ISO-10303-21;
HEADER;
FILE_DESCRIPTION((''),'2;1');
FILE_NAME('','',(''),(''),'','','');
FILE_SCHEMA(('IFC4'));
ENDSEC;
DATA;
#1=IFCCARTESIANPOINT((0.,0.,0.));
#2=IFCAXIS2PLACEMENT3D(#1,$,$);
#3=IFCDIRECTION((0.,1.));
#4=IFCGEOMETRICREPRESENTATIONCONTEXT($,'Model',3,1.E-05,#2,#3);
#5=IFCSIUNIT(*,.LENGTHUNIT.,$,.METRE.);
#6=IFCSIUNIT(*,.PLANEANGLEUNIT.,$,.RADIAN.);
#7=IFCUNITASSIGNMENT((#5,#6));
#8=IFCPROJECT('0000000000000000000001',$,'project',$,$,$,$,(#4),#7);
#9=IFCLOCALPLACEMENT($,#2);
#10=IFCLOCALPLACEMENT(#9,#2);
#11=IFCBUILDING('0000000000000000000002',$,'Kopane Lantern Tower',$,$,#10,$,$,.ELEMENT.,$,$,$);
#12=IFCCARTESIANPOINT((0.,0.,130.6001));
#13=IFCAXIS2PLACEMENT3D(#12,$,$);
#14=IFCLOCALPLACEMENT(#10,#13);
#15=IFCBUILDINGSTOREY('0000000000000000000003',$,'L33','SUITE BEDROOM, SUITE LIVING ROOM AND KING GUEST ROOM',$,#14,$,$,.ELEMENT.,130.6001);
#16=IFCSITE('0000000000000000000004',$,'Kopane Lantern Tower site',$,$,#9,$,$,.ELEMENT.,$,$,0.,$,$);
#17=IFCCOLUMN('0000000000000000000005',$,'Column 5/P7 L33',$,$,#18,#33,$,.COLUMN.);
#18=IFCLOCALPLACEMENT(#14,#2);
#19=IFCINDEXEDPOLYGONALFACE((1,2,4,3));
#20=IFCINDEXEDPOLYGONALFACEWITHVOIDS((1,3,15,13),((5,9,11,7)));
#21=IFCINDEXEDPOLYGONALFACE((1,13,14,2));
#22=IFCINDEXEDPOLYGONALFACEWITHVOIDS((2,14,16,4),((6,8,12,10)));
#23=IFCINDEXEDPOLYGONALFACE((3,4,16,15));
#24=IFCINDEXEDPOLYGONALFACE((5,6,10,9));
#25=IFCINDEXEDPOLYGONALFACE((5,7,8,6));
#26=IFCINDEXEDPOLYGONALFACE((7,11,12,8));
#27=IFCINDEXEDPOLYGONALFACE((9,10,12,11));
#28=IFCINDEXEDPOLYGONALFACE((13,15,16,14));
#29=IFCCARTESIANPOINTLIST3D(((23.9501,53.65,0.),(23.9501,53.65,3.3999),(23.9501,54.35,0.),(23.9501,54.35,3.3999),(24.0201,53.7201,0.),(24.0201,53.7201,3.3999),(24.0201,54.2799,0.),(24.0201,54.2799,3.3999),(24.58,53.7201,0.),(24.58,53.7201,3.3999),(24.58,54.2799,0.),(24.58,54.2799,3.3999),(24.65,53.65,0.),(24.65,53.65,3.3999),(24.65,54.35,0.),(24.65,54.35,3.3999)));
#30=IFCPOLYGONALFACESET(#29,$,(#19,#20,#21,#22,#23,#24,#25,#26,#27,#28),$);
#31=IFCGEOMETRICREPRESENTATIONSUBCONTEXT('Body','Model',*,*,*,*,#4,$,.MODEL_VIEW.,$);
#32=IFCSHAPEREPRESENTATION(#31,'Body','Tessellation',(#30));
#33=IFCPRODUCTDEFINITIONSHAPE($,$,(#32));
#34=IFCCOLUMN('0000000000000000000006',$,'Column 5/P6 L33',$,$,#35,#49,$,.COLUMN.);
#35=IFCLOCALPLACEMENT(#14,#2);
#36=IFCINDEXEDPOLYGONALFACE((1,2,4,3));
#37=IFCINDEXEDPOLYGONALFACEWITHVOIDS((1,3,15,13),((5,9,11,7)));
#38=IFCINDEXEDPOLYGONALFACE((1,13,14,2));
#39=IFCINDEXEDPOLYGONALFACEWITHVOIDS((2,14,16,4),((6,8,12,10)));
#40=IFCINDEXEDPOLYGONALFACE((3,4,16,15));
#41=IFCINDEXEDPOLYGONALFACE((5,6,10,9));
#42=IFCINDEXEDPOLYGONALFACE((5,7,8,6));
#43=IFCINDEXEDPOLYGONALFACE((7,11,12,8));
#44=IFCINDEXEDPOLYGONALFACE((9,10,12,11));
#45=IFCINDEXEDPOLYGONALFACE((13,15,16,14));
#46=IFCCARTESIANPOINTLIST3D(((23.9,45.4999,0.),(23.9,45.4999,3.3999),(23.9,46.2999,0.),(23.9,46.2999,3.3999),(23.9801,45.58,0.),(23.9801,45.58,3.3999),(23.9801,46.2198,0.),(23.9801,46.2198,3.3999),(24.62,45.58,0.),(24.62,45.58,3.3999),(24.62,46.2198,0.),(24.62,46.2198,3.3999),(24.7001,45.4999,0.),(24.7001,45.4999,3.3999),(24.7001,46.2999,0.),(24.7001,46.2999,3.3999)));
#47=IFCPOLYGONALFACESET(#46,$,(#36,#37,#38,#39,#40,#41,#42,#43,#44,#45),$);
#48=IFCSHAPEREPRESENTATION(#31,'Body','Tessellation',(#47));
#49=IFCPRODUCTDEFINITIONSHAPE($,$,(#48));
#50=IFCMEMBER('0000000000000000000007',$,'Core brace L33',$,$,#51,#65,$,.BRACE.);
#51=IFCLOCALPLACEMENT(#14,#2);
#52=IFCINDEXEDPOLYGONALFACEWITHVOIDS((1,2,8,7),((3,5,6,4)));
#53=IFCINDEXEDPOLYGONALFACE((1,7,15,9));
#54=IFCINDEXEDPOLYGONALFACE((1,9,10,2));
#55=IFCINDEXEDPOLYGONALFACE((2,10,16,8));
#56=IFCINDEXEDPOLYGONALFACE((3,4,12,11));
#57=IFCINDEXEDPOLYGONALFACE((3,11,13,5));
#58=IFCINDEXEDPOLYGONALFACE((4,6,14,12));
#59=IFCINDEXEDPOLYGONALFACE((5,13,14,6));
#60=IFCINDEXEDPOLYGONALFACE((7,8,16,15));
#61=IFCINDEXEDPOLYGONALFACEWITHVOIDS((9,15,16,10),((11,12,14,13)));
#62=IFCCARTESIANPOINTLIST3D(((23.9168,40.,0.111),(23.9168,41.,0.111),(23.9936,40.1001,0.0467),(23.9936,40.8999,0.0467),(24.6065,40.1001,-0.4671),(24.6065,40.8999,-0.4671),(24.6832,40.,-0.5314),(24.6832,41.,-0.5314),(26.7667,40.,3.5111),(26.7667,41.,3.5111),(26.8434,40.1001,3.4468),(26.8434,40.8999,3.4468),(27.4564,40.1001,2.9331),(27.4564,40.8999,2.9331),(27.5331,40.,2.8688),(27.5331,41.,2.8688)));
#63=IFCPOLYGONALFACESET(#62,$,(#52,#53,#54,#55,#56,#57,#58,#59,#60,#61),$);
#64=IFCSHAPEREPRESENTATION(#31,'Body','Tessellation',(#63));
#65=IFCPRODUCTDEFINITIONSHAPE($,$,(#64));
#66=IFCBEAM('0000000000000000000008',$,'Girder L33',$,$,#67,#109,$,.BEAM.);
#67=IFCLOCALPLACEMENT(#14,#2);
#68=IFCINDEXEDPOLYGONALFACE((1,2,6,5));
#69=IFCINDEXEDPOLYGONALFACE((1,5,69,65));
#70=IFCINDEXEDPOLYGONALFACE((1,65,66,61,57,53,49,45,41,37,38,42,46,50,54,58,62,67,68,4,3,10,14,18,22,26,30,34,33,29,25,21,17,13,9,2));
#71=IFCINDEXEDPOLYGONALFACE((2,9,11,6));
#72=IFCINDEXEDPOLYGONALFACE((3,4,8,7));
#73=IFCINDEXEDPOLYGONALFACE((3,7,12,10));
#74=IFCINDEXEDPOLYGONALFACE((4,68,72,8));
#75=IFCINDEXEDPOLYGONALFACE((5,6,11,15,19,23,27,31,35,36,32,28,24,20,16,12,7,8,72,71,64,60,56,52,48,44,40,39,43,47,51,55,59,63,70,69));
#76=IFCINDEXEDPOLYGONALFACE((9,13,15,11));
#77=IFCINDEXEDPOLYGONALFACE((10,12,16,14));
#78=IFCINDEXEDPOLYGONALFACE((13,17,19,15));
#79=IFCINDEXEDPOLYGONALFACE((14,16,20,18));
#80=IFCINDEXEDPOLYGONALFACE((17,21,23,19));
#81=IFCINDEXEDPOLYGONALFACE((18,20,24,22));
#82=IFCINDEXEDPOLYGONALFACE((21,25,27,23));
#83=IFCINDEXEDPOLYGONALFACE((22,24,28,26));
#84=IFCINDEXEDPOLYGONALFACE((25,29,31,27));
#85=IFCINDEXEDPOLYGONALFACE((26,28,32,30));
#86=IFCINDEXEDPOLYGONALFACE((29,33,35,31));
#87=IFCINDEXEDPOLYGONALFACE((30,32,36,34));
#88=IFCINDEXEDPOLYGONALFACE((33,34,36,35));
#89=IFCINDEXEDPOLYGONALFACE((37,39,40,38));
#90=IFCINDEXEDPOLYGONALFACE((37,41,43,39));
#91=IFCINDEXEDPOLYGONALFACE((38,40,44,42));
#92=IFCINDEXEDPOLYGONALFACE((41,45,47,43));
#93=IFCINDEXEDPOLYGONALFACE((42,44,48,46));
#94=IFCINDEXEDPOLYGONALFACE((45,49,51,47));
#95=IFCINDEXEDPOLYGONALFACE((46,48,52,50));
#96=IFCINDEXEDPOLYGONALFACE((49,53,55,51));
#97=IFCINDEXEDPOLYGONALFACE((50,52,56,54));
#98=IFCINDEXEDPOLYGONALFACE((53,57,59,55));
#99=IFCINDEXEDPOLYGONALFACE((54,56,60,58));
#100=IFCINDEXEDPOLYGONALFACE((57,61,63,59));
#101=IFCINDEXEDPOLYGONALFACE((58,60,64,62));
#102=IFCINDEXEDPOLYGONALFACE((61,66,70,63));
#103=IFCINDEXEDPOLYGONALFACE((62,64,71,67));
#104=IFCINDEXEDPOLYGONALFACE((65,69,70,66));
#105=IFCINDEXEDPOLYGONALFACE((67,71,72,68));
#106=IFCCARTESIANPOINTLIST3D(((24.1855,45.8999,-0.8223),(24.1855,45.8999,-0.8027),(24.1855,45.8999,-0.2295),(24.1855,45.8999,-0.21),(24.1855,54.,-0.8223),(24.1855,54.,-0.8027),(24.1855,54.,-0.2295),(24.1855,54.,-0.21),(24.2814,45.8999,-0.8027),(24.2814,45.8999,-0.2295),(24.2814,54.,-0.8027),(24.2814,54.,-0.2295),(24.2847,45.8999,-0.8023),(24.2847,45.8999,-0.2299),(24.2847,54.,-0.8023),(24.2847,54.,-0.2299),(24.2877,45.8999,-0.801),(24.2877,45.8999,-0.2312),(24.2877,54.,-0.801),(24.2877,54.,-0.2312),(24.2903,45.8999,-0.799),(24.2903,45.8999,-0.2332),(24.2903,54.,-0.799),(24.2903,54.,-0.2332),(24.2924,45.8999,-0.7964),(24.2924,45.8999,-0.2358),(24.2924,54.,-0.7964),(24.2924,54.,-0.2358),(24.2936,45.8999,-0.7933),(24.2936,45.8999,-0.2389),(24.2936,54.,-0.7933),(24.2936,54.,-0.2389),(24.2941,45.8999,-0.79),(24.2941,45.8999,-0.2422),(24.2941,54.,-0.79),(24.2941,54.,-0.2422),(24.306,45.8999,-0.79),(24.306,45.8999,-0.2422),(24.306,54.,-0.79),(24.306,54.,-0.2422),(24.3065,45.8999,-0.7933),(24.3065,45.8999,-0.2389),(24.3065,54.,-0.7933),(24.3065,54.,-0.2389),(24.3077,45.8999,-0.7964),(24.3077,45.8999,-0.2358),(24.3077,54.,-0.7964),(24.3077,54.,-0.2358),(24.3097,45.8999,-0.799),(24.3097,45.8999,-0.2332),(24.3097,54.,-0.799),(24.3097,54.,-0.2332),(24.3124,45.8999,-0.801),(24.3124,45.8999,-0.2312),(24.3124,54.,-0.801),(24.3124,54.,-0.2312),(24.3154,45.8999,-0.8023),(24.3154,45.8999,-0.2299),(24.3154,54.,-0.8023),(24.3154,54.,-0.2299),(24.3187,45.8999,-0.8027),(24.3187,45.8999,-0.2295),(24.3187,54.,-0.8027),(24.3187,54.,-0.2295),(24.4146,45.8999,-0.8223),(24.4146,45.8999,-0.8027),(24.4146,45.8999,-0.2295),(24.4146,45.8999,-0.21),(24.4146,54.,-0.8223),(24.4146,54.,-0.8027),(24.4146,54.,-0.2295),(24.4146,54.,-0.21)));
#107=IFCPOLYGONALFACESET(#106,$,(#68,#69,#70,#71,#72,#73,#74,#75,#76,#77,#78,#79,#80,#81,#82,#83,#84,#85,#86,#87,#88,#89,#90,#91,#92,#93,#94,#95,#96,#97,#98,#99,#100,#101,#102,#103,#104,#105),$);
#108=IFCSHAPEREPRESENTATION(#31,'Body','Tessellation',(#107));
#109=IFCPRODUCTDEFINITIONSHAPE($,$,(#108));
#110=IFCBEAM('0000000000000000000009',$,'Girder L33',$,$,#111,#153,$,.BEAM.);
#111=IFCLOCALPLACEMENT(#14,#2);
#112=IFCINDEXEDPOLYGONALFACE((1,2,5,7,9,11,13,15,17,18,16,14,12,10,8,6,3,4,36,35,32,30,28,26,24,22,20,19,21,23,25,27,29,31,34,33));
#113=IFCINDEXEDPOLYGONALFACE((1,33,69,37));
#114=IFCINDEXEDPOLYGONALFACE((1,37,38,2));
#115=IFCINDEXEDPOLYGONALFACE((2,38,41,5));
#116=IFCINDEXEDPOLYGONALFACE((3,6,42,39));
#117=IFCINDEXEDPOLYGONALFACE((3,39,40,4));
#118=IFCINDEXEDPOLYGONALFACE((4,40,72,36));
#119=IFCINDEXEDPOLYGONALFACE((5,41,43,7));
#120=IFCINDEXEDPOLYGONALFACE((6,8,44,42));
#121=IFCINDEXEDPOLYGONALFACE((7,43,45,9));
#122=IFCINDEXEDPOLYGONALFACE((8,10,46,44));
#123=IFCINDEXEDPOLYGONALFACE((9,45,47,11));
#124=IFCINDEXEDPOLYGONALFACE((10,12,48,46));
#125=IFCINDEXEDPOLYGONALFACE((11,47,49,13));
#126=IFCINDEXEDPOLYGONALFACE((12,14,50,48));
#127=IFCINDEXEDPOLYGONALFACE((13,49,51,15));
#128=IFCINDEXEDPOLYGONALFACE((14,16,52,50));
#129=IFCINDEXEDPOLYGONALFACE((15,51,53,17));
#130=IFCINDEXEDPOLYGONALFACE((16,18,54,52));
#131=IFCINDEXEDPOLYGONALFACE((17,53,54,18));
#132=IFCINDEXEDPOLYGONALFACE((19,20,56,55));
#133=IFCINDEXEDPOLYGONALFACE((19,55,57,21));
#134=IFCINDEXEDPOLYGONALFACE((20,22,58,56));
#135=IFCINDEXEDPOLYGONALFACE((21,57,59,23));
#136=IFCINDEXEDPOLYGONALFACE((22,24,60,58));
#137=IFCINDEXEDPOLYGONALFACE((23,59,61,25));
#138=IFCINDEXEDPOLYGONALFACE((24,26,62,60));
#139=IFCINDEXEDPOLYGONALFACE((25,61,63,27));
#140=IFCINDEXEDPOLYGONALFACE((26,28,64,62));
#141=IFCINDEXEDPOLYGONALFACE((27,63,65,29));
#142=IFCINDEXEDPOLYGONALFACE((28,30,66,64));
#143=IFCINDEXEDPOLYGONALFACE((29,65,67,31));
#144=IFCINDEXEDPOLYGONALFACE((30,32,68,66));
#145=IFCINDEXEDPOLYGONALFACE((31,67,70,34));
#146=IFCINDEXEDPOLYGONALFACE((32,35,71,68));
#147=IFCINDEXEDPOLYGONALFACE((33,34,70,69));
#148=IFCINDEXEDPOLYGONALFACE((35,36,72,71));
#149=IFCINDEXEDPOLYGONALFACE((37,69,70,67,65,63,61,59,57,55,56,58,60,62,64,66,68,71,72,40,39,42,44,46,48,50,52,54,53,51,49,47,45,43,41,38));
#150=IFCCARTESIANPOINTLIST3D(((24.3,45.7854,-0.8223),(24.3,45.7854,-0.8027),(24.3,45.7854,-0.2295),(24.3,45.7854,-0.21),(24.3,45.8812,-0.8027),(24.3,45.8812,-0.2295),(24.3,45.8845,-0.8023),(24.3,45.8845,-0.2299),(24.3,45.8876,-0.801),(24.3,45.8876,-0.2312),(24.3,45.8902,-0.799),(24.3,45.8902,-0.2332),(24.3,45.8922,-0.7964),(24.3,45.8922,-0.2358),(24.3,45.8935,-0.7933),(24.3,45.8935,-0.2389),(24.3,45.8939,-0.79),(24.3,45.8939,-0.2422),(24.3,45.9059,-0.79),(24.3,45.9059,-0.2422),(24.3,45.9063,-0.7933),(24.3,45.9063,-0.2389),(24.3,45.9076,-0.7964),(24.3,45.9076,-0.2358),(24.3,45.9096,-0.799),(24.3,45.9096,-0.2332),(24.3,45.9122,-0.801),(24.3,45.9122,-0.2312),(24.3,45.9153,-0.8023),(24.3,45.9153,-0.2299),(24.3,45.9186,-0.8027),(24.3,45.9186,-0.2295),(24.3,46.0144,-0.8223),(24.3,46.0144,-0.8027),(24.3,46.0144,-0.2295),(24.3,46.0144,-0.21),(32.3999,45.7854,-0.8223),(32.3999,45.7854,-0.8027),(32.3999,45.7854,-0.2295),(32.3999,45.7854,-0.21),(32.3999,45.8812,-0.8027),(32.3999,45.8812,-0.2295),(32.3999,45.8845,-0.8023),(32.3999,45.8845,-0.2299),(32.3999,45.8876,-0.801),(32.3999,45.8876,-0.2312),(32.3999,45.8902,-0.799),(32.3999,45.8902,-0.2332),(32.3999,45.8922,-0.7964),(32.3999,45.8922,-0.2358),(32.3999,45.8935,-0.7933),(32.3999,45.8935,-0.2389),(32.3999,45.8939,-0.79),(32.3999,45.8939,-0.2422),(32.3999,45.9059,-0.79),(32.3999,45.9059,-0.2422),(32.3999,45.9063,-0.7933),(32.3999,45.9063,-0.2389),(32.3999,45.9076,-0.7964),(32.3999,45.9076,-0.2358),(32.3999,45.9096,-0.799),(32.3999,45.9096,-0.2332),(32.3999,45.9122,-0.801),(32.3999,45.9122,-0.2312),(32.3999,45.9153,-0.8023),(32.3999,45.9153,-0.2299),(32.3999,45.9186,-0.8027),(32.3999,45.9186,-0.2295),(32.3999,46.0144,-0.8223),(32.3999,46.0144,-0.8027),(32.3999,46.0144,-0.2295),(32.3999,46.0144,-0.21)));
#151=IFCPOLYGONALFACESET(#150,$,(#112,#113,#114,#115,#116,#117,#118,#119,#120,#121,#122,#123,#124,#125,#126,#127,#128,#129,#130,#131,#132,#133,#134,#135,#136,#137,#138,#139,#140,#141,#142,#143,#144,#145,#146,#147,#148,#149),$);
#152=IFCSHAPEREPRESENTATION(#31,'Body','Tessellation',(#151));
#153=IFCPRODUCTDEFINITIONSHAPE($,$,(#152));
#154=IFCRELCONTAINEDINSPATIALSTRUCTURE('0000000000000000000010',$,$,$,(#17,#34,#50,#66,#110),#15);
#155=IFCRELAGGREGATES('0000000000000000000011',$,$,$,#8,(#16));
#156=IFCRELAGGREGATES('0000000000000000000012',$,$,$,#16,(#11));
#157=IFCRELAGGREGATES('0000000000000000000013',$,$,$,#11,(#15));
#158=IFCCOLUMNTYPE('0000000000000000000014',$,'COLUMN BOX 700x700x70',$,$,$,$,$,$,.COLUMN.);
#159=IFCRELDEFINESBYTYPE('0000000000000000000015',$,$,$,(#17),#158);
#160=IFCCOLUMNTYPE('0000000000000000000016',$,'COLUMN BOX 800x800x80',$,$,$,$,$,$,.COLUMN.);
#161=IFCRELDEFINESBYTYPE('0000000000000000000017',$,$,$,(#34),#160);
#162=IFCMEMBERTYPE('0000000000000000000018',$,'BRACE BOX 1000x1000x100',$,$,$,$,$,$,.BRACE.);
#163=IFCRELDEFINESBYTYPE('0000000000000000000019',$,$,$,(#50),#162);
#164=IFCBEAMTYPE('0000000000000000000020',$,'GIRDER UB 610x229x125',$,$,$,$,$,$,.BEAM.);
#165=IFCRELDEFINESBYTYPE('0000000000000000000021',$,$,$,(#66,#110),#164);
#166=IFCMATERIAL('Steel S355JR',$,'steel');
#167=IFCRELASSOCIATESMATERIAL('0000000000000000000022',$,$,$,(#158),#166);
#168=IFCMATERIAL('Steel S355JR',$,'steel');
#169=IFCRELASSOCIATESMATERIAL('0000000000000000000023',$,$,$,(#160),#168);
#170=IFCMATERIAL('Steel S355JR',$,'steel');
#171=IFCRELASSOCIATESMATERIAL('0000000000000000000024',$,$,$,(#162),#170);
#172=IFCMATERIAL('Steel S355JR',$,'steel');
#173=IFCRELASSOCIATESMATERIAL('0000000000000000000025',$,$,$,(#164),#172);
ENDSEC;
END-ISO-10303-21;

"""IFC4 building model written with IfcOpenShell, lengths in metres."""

from ifc_helpers import new_model, si_unit, direction, frame, origin, origin_2d, place, context, subcontext, project, spatial, hollow_rectangle, i_section, extrude, material, material_profile, profile_set, type_object, element, save


model = new_model("IFC4")

# Units and contexts
model_context = context("Model", 3, precision=1e-05, world=origin(), true_north=direction((0.0, 1.0)))
body_context = subcontext(model_context, "Body", "Model", "MODEL_VIEW")
ifc_project = project(units=[si_unit("LENGTHUNIT", "METRE"), si_unit("PLANEANGLEUNIT", "RADIAN")], contexts=[model_context])

# Site, building, storey
site_placement = place(None, origin())
site = spatial("IfcSite", under=ifc_project, at=site_placement, Name="Kopane Lantern Tower site", CompositionType="ELEMENT", RefElevation=0.0)
building_placement = place(site_placement, origin())
building = spatial("IfcBuilding", under=site, at=building_placement, Name="Kopane Lantern Tower", CompositionType="ELEMENT")
storey_placement = place(building_placement, frame((0.0, 0.0, 130.6001)))
storey = spatial("IfcBuildingStorey", under=building, at=storey_placement, Name="L33", Description="SUITE BEDROOM, SUITE LIVING ROOM AND KING GUEST ROOM", CompositionType="ELEMENT", Elevation=130.6001)

# Columns
ifc_material_1 = material(Name="Steel S355JR", Category="steel")
ifc_material_profile_1 = material_profile(ifc_material_1, hollow_rectangle(XDim=0.7, YDim=0.7, WallThickness=0.0701, at=origin_2d()), Name="BOX 700x700x70")
ifc_profile_set_1 = profile_set([ifc_material_profile_1], Name="Steel S355JR")
column_type_1 = type_object("IfcColumnType", Name="COLUMN BOX 700x700x70", PredefinedType="COLUMN", material=ifc_profile_set_1)
column_1_placement = place(storey_placement, frame((24.3, 54.0, 0.0), z_axis=(0.0, 0.0, 1.0), x_axis=(1.0, 0.0, 0.0)))
element("IfcColumn", 1, at=column_1_placement, inside=storey, type_object=column_type_1, Name="Column 5/P7 L33", PredefinedType="COLUMN", context=body_context, shape_type="SweptSolid", body=[
    extrude(hollow_rectangle(XDim=0.7, YDim=0.7, WallThickness=0.0701, at=origin_2d()), origin(), (0.0, 0.0, 1.0), 3.3999),
])
ifc_material_2 = material(Name="Steel S355JR", Category="steel")
ifc_material_profile_2 = material_profile(ifc_material_2, hollow_rectangle(XDim=0.8, YDim=0.8, WallThickness=0.0801, at=origin_2d()), Name="BOX 800x800x80")
ifc_profile_set_2 = profile_set([ifc_material_profile_2], Name="Steel S355JR")
column_type_2 = type_object("IfcColumnType", Name="COLUMN BOX 800x800x80", PredefinedType="COLUMN", material=ifc_profile_set_2)
column_2_placement = place(storey_placement, frame((24.3, 45.8999, 0.0), z_axis=(0.0, 0.0, 1.0), x_axis=(1.0, 0.0, 0.0)))
element("IfcColumn", 2, at=column_2_placement, inside=storey, type_object=column_type_2, Name="Column 5/P6 L33", PredefinedType="COLUMN", context=body_context, shape_type="SweptSolid", body=[
    extrude(hollow_rectangle(XDim=0.8, YDim=0.8, WallThickness=0.0801, at=origin_2d()), origin(), (0.0, 0.0, 1.0), 3.3999),
])

# Member
ifc_material_3 = material(Name="Steel S355JR", Category="steel")
ifc_material_profile_3 = material_profile(ifc_material_3, hollow_rectangle(XDim=1.0, YDim=1.0, WallThickness=0.1001, at=origin_2d()), Name="BOX 1000x1000x100")
ifc_profile_set_3 = profile_set([ifc_material_profile_3], Name="Steel S355JR")
member_type = type_object("IfcMemberType", Name="BRACE BOX 1000x1000x100", PredefinedType="BRACE", material=ifc_profile_set_3)
member_placement = place(storey_placement, frame((24.3, 40.5, -0.2102), z_axis=(0.642363, 0.0, 0.7664), x_axis=(0.0, 1.0, 0.0)))
element("IfcMember", 3, at=member_placement, inside=storey, type_object=member_type, Name="Core brace L33", PredefinedType="BRACE", context=body_context, shape_type="SweptSolid", body=[
    extrude(hollow_rectangle(XDim=1.0, YDim=1.0, WallThickness=0.1001, at=origin_2d()), origin(), (0.0, 0.0, 1.0), 4.4365),
])

# Beams
ifc_material_4 = material(Name="Steel S355JR", Category="steel")
ifc_material_profile_4 = material_profile(ifc_material_4, i_section(OverallWidth=0.229, OverallDepth=0.6123, WebThickness=0.012, FlangeThickness=0.0195, FilletRadius=0.0127, at=origin_2d()), Name="UB 610x229x125")
ifc_profile_set_4 = profile_set([ifc_material_profile_4], Name="Steel S355JR")
beam_type = type_object("IfcBeamType", Name="GIRDER UB 610x229x125", PredefinedType="BEAM", material=ifc_profile_set_4)
beam_placement = place(storey_placement, frame((24.3, 45.8999, -0.5161), z_axis=(0.0, 1.0, 0.0), x_axis=(-1.0, 0.0, 0.0)))
element("IfcBeam", 4, at=beam_placement, inside=storey, type_object=beam_type, Name="Girder L33", PredefinedType="BEAM", context=body_context, shape_type="SweptSolid", body=[
    extrude(i_section(OverallWidth=0.229, OverallDepth=0.6123, WebThickness=0.012, FlangeThickness=0.0195, FilletRadius=0.0127, at=origin_2d()), origin(), (0.0, 0.0, 1.0), 8.1001),
])
for number, where, z_axis, x_axis, name in (
    (5, (24.3, 45.8999, -0.5161), (1.0, 0.0, 0.0), (0.0, 1.0, 0.0), "Girder L33"),
):
    element("IfcBeam", number, at=place(storey_placement, frame(where, z_axis=z_axis, x_axis=x_axis)), inside=storey, type_object=beam_type, Name=name, PredefinedType="BEAM", context=body_context, shape_type="SweptSolid", body=[
        extrude(i_section(OverallWidth=0.229, OverallDepth=0.6123, WebThickness=0.012, FlangeThickness=0.0195, FilletRadius=0.0127, at=origin_2d()), origin(), (0.0, 0.0, 1.0), 8.0999),
    ])

save(model, "model.ifc")
